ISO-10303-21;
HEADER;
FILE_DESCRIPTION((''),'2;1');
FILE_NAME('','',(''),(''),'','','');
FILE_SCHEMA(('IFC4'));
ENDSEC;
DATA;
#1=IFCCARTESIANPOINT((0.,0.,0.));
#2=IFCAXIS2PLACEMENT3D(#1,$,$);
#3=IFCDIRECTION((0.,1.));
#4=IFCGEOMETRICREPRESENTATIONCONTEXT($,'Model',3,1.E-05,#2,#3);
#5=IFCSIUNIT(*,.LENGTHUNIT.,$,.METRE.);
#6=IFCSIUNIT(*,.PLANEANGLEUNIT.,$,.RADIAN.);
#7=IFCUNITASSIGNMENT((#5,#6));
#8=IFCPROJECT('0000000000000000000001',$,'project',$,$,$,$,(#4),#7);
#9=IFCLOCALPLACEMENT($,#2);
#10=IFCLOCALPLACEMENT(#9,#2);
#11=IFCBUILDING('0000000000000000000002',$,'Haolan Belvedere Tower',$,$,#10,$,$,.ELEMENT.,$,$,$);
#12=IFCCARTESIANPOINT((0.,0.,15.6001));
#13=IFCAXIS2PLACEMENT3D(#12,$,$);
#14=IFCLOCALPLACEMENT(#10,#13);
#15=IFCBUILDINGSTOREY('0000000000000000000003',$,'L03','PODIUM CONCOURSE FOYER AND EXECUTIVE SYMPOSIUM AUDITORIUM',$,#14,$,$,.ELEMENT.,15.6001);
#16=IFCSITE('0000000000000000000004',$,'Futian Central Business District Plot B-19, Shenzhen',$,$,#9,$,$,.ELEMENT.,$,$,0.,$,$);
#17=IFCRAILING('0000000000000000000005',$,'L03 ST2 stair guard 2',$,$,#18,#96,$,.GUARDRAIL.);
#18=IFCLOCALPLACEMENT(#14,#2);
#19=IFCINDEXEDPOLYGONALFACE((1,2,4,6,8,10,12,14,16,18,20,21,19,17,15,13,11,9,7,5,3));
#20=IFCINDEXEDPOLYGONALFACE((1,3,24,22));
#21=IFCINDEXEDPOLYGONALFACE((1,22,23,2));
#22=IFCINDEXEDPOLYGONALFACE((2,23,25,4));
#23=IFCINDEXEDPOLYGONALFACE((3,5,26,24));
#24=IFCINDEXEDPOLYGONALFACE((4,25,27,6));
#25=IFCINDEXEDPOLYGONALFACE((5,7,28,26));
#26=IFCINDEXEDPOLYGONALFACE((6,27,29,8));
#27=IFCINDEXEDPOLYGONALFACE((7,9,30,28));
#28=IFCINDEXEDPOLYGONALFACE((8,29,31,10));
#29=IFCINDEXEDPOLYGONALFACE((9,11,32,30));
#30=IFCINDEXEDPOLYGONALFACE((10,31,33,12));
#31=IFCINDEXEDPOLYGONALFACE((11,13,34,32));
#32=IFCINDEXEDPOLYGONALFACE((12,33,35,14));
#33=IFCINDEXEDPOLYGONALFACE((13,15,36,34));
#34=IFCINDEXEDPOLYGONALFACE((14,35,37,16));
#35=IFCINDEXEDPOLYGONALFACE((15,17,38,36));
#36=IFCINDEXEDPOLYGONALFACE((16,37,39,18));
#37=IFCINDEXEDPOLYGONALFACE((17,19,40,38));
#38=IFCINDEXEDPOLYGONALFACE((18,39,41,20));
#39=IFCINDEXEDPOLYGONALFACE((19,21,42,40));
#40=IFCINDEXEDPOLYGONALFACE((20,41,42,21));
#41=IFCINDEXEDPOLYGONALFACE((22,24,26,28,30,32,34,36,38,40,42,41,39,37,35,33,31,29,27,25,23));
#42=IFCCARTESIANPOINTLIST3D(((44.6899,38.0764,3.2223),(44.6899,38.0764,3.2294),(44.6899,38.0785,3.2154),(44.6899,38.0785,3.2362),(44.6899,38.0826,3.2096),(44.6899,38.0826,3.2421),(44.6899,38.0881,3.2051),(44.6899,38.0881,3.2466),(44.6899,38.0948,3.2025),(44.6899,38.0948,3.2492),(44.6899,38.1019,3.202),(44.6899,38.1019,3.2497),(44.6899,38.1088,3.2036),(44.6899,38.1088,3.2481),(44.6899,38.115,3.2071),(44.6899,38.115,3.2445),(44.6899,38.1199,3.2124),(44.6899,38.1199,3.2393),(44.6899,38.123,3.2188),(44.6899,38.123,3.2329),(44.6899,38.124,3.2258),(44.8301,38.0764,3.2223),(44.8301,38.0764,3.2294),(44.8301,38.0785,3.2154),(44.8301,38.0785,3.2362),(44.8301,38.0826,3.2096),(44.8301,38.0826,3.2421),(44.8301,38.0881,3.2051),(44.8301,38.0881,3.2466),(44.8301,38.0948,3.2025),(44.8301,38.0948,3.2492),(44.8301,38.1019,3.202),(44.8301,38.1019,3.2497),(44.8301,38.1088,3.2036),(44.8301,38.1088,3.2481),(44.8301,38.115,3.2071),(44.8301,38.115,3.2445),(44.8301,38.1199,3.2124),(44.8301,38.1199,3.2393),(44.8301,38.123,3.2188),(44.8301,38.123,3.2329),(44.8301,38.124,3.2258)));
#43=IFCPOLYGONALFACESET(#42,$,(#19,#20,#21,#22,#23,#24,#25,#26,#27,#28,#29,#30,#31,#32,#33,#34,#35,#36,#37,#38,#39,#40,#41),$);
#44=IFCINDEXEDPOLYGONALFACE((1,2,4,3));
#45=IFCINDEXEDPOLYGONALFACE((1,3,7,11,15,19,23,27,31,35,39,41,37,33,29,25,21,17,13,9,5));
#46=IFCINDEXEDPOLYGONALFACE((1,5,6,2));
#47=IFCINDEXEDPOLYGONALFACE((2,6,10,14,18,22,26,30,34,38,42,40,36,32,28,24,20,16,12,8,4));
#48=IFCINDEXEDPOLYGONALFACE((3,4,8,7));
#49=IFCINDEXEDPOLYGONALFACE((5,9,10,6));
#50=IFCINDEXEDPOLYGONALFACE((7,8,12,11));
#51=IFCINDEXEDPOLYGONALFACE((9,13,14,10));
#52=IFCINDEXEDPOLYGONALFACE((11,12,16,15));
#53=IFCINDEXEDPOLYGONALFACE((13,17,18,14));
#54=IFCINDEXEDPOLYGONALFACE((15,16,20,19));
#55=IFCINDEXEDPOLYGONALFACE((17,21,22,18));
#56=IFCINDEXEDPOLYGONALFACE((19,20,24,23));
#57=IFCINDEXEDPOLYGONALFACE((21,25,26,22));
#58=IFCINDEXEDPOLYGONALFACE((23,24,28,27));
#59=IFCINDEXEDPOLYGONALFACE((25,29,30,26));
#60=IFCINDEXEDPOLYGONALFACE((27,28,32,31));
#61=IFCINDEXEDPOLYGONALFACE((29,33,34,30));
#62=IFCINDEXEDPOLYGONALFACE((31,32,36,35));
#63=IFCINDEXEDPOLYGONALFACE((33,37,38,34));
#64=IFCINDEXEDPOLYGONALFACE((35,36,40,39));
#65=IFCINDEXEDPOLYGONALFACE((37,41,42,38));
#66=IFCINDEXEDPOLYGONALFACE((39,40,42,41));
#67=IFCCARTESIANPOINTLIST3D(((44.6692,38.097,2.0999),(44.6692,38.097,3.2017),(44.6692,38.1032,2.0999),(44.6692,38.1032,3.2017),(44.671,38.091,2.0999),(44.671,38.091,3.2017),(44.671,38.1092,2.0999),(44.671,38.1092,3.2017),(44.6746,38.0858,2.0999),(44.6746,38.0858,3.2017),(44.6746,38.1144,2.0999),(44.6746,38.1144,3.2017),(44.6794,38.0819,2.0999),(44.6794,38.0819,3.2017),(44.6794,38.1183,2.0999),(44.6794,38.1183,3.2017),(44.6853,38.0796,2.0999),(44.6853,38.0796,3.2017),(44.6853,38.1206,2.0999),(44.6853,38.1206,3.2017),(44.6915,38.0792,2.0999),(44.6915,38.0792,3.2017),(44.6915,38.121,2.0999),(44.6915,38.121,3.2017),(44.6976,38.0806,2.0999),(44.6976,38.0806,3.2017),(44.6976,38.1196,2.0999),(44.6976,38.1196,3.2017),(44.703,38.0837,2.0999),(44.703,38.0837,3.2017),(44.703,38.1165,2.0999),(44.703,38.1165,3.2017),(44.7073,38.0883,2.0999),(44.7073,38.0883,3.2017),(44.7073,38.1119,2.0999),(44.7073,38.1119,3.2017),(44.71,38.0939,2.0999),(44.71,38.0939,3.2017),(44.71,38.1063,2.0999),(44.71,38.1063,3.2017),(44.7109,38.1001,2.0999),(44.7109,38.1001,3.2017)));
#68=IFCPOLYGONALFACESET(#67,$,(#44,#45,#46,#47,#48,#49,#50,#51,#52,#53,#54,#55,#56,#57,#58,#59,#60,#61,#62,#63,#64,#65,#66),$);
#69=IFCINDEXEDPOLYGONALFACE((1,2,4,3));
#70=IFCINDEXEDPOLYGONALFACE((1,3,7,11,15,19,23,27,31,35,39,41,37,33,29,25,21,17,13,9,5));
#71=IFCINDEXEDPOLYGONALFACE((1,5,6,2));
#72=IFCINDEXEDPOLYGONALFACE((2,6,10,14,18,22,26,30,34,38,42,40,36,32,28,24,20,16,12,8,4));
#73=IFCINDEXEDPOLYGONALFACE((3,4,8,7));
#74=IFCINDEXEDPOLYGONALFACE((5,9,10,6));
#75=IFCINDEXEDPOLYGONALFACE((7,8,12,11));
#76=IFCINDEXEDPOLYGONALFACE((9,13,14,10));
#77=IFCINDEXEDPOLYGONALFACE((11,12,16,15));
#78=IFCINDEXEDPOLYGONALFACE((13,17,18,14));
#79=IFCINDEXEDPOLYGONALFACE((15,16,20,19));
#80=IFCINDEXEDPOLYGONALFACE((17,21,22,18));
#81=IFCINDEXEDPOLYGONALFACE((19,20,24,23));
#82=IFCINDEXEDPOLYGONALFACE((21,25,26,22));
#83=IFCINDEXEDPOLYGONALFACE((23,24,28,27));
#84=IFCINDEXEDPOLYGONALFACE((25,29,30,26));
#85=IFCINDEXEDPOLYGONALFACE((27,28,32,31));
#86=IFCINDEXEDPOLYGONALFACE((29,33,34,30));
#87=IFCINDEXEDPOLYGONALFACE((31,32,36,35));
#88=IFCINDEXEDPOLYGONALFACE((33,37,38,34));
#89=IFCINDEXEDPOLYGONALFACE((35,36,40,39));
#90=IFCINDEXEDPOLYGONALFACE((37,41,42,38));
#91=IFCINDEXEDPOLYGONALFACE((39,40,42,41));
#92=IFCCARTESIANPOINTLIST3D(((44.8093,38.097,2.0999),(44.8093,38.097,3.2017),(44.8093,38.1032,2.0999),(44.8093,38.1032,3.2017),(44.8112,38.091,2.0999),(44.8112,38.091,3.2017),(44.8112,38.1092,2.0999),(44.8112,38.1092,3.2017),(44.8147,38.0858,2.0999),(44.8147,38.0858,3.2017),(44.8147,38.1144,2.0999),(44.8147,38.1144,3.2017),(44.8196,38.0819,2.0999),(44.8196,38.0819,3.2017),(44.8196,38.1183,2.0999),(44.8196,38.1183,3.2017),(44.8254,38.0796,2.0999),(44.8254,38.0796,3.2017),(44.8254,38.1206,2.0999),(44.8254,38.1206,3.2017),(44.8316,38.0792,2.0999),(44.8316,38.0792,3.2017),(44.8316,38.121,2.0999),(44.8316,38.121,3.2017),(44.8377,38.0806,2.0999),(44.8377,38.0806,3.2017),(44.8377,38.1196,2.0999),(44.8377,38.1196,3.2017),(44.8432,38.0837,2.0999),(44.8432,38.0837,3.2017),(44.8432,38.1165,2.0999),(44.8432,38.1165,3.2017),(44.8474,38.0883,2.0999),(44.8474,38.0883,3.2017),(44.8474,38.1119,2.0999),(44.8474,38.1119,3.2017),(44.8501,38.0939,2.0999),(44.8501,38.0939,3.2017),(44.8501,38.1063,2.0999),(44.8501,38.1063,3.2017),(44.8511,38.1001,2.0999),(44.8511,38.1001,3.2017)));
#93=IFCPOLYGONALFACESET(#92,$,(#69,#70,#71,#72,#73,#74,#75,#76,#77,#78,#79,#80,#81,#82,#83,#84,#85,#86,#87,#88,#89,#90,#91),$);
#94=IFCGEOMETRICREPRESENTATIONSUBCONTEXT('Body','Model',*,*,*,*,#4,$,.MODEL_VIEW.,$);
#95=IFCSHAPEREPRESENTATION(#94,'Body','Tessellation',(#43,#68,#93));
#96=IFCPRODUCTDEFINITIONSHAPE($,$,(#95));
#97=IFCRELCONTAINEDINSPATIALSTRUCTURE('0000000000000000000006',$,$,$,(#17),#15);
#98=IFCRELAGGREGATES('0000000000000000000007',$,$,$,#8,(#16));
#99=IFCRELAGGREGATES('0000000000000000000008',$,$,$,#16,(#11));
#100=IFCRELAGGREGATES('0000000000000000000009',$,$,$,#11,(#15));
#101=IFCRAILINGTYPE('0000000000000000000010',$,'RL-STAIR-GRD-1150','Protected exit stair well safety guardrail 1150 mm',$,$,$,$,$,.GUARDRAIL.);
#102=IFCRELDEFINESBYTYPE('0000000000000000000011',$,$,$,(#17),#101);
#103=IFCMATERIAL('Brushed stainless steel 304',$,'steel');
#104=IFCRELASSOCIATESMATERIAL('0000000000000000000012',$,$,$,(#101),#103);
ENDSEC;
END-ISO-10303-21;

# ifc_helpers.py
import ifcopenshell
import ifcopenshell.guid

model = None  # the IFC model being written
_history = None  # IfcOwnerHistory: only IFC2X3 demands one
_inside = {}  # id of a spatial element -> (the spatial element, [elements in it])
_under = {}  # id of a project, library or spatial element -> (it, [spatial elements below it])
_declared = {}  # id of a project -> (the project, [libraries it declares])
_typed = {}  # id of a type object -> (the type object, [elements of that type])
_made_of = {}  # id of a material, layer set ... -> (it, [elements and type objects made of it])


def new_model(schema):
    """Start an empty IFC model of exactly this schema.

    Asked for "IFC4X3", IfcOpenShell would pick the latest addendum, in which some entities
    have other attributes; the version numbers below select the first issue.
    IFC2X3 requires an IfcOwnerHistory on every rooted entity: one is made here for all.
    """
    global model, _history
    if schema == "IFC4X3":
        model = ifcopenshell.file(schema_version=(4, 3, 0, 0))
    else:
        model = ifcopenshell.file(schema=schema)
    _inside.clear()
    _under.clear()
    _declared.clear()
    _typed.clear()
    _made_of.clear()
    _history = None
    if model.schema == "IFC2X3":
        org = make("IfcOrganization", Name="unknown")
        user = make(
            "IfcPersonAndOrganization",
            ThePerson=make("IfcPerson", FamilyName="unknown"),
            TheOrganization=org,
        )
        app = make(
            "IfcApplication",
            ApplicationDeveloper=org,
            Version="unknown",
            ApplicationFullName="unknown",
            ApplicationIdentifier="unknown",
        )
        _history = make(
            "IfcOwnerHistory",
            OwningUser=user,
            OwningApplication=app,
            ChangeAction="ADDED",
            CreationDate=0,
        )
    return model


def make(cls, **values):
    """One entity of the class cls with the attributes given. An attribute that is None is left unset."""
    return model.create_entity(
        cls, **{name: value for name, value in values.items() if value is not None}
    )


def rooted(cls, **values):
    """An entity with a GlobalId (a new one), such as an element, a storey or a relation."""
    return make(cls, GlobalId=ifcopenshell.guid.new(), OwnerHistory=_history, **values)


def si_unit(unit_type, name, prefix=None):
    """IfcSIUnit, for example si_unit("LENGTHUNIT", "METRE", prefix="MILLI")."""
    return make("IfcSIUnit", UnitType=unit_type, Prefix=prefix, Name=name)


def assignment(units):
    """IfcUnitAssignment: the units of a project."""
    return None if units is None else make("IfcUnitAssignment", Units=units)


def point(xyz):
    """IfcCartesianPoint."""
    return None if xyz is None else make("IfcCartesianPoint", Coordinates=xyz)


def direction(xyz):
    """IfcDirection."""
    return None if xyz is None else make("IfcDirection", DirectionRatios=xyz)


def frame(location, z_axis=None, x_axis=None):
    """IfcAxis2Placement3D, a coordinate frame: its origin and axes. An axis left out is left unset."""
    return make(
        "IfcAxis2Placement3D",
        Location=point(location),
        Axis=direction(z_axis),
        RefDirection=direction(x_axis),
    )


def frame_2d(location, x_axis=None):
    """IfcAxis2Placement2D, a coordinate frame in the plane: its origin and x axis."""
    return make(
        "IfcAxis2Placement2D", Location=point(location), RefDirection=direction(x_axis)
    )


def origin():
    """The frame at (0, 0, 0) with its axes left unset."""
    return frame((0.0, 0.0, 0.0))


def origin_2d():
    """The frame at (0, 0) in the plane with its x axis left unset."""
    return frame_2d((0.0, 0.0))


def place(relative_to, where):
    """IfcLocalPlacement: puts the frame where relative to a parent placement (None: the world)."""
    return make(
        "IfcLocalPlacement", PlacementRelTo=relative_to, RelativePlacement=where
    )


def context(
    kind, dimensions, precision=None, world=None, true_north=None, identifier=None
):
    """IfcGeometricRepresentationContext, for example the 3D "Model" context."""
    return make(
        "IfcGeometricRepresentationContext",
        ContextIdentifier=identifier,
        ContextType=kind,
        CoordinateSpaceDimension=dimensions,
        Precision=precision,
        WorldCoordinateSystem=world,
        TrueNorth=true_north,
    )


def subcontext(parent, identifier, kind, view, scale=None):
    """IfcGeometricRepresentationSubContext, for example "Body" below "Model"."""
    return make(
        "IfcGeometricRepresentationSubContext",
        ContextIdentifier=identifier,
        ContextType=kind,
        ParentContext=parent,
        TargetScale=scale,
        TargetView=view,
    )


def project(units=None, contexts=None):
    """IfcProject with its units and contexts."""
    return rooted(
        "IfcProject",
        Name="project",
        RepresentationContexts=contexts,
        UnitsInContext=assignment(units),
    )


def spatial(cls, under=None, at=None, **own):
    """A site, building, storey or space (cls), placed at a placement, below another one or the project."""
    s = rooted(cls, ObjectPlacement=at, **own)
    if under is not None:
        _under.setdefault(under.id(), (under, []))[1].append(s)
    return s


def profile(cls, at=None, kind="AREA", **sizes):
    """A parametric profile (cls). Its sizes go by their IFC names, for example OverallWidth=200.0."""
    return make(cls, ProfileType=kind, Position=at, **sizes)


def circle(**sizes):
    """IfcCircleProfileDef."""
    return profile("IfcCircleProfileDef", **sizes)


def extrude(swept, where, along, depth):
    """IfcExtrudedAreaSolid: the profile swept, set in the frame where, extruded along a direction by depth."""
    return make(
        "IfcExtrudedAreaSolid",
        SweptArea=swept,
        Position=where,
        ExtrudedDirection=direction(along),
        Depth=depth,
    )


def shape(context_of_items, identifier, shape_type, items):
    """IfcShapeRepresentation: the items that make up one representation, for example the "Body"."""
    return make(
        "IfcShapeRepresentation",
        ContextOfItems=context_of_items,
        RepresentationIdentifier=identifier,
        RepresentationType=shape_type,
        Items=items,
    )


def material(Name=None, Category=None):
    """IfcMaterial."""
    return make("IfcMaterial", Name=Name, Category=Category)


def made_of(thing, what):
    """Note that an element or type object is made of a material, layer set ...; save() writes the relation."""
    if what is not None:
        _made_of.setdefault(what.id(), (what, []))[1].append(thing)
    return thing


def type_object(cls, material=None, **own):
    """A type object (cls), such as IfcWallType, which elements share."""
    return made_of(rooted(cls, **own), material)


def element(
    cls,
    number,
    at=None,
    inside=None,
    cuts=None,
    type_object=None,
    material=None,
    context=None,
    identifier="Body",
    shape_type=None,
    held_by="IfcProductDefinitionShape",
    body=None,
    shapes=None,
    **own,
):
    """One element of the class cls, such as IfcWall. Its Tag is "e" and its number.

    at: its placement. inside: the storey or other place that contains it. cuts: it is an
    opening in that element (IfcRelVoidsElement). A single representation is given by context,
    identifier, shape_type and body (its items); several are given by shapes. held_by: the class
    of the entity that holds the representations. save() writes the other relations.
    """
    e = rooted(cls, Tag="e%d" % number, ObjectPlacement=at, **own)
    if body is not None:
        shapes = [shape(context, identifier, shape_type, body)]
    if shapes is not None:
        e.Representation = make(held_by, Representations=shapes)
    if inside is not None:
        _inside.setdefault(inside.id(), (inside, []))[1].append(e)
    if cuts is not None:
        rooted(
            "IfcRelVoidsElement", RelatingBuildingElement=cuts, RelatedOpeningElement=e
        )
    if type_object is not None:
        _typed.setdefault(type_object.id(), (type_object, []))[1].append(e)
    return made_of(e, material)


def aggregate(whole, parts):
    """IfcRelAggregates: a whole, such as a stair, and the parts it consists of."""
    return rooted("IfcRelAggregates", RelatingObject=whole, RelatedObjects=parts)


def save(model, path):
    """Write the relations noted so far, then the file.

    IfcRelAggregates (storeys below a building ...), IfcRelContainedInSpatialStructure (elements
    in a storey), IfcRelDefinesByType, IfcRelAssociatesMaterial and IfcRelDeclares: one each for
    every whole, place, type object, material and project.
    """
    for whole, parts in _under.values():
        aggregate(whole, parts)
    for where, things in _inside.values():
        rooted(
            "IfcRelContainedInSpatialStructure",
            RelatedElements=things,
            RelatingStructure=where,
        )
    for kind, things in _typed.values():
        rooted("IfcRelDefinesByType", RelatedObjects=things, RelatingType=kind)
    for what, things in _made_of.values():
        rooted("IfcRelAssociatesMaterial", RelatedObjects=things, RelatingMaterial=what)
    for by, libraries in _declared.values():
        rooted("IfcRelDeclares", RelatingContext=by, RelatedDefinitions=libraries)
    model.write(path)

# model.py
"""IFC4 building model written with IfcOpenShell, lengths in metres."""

from ifc_helpers import new_model, si_unit, direction, frame, origin, origin_2d, place, context, subcontext, project, spatial, circle, extrude, material, type_object, element, save


model = new_model("IFC4")

# Units and contexts
model_context = context("Model", 3, precision=1e-05, world=origin(), true_north=direction((0.0, 1.0)))
body_context = subcontext(model_context, "Body", "Model", "MODEL_VIEW")
ifc_project = project(units=[si_unit("LENGTHUNIT", "METRE"), si_unit("PLANEANGLEUNIT", "RADIAN")], contexts=[model_context])

# Site, building, storey
site_placement = place(None, origin())
site = spatial("IfcSite", under=ifc_project, at=site_placement, Name="Futian Central Business District Plot B-19, Shenzhen", CompositionType="ELEMENT", RefElevation=0.0)
building_placement = place(site_placement, origin())
building = spatial("IfcBuilding", under=site, at=building_placement, Name="Haolan Belvedere Tower", CompositionType="ELEMENT")
storey_placement = place(building_placement, frame((0.0, 0.0, 15.6001)))
storey = spatial("IfcBuildingStorey", under=building, at=storey_placement, Name="L03", Description="PODIUM CONCOURSE FOYER AND EXECUTIVE SYMPOSIUM AUDITORIUM", CompositionType="ELEMENT", Elevation=15.6001)

# Railing
ifc_material_1 = material(Name="Brushed stainless steel 304", Category="steel")
railing_type_1 = type_object("IfcRailingType", Name="RL-STAIR-GRD-1150", Description="Protected exit stair well safety guardrail 1150 mm", PredefinedType="GUARDRAIL", material=ifc_material_1)
railing_1_placement = place(storey_placement, frame((44.6899, 38.1001, 2.0999)))
element("IfcRailing", 1, at=railing_1_placement, inside=storey, type_object=railing_type_1, Name="L03 ST2 stair guard 2", PredefinedType="GUARDRAIL", context=body_context, shape_type="SweptSolid", body=[
    extrude(circle(Radius=0.0239, at=origin_2d()), frame((0.0, 0.0, 1.126), z_axis=(1.0, 0.0, 0.0), x_axis=(0.0, 1.0, 0.0)), (0.0, 0.0, 1.0), 0.1401),
    extrude(circle(Radius=0.021, at=origin_2d()), origin(), (0.0, 0.0, 1.0), 1.1018),
    extrude(circle(Radius=0.021, at=origin_2d()), frame((0.1401, 0.0, 0.0)), (0.0, 0.0, 1.0), 1.1018),
])

save(model, "model.ifc")
